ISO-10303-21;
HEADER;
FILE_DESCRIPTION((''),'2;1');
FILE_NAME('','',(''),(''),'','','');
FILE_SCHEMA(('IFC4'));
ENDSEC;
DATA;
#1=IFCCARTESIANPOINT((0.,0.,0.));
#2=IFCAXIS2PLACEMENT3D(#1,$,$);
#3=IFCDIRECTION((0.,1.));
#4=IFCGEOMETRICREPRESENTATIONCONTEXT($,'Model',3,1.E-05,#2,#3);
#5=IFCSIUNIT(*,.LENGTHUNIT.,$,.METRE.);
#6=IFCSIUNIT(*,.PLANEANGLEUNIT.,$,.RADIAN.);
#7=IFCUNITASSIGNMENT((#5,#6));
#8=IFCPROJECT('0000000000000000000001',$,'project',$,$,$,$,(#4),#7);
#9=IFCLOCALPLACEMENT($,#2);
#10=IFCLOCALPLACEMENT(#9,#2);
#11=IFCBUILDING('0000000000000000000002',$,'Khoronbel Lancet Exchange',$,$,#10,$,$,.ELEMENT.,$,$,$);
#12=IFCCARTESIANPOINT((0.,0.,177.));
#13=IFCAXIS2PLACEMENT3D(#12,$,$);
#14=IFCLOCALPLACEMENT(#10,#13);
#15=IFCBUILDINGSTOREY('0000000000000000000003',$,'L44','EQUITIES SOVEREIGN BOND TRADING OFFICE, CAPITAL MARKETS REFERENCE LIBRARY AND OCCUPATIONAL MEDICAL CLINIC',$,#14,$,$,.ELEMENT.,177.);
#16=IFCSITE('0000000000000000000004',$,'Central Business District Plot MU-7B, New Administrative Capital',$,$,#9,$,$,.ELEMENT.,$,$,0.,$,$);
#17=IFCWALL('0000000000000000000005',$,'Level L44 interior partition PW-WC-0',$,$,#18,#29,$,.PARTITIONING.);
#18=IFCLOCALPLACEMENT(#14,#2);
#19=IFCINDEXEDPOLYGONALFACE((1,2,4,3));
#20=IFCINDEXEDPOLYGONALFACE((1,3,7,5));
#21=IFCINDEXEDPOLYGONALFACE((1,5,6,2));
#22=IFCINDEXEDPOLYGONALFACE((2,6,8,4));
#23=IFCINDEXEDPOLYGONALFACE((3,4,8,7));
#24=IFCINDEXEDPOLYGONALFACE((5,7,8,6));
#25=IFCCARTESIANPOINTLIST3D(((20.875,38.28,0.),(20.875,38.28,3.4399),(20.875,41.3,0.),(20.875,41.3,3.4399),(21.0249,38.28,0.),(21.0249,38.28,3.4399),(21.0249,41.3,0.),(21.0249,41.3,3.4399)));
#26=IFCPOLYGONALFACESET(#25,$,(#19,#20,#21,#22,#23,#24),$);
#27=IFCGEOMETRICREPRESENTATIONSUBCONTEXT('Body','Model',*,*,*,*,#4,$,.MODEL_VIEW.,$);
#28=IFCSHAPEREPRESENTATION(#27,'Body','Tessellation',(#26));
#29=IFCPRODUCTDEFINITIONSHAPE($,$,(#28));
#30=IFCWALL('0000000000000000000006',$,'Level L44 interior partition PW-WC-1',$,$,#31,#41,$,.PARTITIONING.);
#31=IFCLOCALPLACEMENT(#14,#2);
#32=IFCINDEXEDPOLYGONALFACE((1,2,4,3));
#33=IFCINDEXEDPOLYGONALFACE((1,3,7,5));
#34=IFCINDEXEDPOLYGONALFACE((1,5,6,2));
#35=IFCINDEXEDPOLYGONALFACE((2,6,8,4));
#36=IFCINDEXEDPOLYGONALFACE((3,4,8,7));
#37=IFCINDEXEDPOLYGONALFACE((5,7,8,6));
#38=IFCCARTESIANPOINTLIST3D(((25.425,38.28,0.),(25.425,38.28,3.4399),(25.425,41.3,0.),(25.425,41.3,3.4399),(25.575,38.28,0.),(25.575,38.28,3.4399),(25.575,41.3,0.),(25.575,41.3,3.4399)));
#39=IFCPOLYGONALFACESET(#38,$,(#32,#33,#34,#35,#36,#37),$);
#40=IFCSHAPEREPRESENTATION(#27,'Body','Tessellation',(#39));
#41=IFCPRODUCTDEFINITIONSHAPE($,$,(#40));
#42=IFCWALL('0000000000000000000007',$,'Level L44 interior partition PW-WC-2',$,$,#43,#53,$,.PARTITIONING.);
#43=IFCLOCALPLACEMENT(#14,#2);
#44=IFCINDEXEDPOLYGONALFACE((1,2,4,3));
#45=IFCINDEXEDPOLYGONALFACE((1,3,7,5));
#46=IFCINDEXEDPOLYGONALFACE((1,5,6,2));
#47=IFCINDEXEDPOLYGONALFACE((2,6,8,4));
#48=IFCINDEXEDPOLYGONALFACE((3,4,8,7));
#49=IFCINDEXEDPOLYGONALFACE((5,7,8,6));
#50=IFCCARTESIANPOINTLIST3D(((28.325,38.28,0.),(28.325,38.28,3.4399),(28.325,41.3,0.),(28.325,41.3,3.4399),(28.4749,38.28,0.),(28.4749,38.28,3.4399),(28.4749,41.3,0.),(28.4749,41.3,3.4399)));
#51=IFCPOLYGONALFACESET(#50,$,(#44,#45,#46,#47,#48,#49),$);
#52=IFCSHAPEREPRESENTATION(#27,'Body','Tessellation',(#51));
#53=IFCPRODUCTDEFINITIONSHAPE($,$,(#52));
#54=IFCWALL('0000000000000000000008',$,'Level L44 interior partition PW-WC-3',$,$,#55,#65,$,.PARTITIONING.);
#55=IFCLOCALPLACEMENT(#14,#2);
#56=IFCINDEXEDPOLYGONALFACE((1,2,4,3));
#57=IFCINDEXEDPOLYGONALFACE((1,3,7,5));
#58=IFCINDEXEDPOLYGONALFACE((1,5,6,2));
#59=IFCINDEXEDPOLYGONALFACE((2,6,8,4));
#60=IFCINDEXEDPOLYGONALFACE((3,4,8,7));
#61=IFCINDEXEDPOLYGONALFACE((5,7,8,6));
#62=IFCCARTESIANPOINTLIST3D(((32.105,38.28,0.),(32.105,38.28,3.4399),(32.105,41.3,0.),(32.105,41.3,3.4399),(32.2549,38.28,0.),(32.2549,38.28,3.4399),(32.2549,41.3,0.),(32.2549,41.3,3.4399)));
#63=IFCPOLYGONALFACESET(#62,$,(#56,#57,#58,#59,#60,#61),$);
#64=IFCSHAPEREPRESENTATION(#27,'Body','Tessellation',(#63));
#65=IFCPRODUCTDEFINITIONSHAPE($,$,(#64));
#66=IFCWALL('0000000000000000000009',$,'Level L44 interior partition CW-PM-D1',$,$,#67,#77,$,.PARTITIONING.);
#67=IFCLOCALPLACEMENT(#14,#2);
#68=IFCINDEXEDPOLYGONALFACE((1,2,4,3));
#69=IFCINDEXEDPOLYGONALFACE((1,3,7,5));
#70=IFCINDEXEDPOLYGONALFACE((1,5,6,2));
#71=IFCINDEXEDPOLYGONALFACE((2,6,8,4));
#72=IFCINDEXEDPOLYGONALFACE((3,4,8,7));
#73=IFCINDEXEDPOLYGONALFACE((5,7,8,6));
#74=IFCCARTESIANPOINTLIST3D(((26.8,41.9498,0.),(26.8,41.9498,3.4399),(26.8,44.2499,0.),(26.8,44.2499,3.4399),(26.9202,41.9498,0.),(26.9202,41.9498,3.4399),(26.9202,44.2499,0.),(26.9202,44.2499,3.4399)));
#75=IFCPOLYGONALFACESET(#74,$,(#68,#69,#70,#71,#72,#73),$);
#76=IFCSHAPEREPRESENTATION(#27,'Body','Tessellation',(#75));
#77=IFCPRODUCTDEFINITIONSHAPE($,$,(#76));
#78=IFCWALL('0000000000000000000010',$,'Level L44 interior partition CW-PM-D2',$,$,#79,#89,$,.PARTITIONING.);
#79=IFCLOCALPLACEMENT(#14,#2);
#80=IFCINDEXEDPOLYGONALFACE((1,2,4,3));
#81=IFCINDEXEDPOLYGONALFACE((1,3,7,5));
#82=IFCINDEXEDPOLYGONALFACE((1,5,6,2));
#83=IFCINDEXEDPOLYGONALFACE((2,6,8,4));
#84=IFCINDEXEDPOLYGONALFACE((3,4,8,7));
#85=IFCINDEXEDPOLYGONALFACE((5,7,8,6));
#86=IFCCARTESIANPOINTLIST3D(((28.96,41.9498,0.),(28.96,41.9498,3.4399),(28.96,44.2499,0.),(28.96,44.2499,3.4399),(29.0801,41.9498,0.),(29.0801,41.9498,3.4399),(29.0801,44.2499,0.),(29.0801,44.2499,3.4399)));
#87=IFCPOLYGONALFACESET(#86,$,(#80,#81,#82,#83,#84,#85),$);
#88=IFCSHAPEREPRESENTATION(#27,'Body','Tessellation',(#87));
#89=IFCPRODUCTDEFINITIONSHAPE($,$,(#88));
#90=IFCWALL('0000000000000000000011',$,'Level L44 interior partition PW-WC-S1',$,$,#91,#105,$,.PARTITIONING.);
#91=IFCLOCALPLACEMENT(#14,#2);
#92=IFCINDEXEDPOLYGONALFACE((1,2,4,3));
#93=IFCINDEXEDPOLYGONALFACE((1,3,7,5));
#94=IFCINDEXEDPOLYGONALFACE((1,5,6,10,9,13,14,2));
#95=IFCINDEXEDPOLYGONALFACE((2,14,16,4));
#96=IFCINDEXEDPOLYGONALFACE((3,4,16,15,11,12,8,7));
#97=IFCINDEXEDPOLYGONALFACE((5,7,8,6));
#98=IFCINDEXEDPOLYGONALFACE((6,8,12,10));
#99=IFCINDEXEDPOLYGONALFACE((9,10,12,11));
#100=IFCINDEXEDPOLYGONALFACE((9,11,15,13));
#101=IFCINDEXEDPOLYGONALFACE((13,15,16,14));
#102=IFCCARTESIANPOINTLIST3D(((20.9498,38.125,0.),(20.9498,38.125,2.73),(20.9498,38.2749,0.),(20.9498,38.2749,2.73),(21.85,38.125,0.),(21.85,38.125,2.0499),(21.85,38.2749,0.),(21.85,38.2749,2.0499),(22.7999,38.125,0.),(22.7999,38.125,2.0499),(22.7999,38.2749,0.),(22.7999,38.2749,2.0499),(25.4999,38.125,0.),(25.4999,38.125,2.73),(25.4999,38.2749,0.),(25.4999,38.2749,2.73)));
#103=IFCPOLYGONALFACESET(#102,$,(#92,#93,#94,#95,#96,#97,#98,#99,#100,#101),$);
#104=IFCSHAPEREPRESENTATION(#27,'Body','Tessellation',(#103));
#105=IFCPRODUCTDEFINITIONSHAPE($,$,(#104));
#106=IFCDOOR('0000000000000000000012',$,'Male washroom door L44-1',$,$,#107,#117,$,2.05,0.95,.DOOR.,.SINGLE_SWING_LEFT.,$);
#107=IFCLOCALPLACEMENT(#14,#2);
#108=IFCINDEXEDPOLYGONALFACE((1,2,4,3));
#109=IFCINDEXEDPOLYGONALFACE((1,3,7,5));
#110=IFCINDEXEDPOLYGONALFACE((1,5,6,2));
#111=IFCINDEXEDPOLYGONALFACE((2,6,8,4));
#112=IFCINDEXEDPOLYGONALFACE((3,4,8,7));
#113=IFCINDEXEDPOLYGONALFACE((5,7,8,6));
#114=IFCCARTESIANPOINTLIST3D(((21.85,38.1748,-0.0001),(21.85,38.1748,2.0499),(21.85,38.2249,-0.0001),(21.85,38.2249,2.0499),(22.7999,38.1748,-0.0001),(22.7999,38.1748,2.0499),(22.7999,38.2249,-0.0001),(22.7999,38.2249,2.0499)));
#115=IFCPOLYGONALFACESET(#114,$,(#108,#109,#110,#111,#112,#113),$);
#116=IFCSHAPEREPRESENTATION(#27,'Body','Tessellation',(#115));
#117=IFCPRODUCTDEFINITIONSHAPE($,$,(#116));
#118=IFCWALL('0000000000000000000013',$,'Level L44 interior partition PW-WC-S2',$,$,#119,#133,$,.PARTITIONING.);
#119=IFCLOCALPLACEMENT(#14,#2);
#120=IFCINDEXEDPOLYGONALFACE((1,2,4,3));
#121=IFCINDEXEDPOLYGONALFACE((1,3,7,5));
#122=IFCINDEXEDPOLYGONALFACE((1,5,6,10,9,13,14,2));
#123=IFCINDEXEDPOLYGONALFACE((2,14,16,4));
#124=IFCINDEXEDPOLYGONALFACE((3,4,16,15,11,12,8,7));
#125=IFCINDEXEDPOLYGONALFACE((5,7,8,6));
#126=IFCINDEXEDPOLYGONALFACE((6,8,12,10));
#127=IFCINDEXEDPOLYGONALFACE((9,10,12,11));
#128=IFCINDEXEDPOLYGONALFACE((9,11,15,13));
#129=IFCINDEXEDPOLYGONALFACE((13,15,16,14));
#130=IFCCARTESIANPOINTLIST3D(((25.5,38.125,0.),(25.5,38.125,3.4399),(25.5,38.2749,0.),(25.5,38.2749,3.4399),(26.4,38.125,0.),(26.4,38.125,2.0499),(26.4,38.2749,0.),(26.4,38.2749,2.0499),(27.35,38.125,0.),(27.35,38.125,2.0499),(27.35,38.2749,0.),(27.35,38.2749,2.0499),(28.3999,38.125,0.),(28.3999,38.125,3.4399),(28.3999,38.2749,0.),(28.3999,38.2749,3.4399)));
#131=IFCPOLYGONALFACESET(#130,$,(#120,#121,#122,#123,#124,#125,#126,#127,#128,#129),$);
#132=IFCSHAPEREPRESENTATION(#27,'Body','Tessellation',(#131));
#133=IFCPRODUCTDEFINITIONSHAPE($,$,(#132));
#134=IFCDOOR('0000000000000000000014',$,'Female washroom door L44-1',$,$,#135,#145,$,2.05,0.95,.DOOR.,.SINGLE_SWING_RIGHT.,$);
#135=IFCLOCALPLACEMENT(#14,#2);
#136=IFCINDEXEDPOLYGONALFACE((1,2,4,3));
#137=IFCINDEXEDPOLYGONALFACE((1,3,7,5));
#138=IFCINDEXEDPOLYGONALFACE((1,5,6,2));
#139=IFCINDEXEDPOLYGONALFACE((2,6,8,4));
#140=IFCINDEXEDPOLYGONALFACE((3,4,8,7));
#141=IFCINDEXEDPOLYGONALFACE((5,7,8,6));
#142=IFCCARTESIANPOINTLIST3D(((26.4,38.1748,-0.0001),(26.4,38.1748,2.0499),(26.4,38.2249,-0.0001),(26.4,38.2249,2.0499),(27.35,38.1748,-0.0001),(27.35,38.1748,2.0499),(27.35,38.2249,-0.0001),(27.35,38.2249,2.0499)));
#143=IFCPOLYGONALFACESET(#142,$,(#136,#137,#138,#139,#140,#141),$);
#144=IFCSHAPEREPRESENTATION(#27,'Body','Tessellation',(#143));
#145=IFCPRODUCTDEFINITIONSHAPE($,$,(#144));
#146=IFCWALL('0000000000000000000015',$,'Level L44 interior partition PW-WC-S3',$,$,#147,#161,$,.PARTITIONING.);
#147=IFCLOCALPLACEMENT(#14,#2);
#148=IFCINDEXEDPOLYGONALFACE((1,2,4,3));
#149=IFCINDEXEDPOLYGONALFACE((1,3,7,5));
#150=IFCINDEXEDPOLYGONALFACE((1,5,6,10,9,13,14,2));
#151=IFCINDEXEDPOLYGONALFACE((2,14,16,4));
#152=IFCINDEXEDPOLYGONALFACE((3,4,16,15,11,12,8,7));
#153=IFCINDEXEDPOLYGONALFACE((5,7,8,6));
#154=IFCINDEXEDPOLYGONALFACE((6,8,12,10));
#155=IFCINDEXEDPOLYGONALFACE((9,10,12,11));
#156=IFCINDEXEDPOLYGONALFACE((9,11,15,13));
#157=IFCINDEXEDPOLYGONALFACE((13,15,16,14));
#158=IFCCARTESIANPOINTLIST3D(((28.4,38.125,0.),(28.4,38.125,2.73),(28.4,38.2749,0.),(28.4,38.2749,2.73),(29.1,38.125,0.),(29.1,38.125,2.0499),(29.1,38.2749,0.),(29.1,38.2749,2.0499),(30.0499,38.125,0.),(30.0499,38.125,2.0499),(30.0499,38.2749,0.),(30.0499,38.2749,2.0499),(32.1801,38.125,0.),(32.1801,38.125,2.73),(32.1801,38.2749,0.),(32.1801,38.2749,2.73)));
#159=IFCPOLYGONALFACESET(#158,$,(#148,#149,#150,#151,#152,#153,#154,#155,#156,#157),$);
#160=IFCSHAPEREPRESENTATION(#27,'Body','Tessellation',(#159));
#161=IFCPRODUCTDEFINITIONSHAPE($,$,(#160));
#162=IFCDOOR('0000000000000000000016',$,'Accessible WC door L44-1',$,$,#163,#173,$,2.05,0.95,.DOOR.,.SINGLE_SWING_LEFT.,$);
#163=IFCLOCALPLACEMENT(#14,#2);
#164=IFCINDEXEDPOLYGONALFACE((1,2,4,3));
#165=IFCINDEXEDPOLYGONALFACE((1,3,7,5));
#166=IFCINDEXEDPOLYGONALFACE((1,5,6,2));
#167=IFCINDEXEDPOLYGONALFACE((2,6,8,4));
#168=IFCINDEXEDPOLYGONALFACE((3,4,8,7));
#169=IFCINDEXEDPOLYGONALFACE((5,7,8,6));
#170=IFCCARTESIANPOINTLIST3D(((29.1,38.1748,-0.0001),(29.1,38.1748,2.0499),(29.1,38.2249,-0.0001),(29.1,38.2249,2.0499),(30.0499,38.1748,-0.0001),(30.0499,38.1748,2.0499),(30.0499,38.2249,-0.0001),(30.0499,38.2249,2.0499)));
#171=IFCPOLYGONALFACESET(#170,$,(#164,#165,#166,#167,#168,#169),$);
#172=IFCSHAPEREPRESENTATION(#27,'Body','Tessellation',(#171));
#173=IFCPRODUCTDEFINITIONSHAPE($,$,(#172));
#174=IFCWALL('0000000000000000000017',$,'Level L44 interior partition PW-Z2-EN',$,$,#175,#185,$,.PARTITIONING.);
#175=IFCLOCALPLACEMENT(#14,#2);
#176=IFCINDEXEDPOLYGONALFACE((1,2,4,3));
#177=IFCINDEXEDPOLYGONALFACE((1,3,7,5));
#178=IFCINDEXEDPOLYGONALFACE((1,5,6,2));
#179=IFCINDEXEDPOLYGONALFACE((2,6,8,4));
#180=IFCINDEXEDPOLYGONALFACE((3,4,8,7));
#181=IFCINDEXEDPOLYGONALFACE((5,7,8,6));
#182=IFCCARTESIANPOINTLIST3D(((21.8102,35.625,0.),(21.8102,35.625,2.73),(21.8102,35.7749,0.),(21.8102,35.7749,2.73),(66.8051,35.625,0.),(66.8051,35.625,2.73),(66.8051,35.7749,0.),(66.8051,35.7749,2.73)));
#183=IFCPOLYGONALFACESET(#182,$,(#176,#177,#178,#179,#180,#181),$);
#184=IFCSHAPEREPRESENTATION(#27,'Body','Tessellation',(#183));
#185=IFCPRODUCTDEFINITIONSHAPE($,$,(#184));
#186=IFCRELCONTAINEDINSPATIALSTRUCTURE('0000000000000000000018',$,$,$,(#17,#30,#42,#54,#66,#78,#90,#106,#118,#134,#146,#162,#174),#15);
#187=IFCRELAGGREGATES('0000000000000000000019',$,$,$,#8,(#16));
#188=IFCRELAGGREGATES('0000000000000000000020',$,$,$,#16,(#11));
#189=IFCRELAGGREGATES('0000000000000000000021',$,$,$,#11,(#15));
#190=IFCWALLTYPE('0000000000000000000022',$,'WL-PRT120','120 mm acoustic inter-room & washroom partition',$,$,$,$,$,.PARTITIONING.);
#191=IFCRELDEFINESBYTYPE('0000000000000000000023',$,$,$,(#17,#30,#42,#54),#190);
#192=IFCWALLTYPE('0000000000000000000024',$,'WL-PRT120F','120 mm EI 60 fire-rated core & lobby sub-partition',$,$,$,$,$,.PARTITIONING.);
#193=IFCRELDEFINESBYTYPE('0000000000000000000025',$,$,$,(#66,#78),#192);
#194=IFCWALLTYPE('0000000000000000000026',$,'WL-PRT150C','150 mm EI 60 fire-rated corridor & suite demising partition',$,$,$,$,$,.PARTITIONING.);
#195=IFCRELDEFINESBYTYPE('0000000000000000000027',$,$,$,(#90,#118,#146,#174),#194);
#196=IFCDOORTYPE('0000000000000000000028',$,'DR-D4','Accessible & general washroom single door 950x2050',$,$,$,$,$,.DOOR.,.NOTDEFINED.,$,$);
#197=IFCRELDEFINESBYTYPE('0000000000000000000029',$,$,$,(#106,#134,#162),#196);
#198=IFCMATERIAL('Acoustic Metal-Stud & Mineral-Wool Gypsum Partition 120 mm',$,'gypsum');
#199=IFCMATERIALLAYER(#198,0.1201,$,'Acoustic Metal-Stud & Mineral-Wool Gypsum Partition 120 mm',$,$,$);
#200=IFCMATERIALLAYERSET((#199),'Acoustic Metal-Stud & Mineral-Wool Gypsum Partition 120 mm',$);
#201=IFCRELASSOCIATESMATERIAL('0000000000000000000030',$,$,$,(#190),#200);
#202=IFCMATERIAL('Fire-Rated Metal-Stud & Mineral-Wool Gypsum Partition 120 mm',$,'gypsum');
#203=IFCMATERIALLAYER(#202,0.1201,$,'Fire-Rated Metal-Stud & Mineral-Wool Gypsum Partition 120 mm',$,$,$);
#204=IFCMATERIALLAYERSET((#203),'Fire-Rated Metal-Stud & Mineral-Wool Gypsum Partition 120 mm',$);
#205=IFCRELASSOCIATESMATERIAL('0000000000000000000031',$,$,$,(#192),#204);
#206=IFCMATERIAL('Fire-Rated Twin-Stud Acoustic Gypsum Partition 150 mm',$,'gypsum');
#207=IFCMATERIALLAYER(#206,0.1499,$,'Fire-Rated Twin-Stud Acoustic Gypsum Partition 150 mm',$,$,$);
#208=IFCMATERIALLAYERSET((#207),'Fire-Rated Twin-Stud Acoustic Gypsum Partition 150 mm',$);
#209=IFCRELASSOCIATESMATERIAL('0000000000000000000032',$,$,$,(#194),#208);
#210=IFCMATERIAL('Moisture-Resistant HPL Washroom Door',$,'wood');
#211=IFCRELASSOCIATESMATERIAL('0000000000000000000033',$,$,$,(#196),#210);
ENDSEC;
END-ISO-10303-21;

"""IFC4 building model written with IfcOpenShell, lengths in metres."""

from ifc_helpers import new_model, si_unit, direction, frame, frame_2d, origin, place, context, subcontext, project, spatial, rectangle, extrude, material, layer, layer_set, type_object, element, fill, save


model = new_model("IFC4")

# Units and contexts
model_context = context("Model", 3, precision=1e-05, world=origin(), true_north=direction((0.0, 1.0)))
body_context = subcontext(model_context, "Body", "Model", "MODEL_VIEW")
ifc_project = project(units=[si_unit("LENGTHUNIT", "METRE"), si_unit("PLANEANGLEUNIT", "RADIAN")], contexts=[model_context])

# Site, building, storey
site_placement = place(None, origin())
site = spatial("IfcSite", under=ifc_project, at=site_placement, Name="Central Business District Plot MU-7B, New Administrative Capital", CompositionType="ELEMENT", RefElevation=0.0)
building_placement = place(site_placement, origin())
building = spatial("IfcBuilding", under=site, at=building_placement, Name="Khoronbel Lancet Exchange", CompositionType="ELEMENT")
storey_placement = place(building_placement, frame((0.0, 0.0, 177.0)))
storey = spatial("IfcBuildingStorey", under=building, at=storey_placement, Name="L44", Description="EQUITIES SOVEREIGN BOND TRADING OFFICE, CAPITAL MARKETS REFERENCE LIBRARY AND OCCUPATIONAL MEDICAL CLINIC", CompositionType="ELEMENT", Elevation=177.0)

# Walls
ifc_material_1 = material(Name="Acoustic Metal-Stud & Mineral-Wool Gypsum Partition 120 mm", Category="gypsum")
ifc_layer_1 = layer(ifc_material_1, 0.1201, Name="Acoustic Metal-Stud & Mineral-Wool Gypsum Partition 120 mm")
ifc_layer_set_1 = layer_set([ifc_layer_1], Name="Acoustic Metal-Stud & Mineral-Wool Gypsum Partition 120 mm")
wall_type_1 = type_object("IfcWallType", Name="WL-PRT120", Description="120 mm acoustic inter-room & washroom partition", PredefinedType="PARTITIONING", material=ifc_layer_set_1)
for number, where, z_axis, x_axis, name in (
    (1, (20.95, 38.28, 0.0), (0.0, 0.0, 1.0), (0.0, 1.0, 0.0), "Level L44 interior partition PW-WC-0"),
    (2, (25.5, 38.28, 0.0), (0.0, 0.0, 1.0), (0.0, 1.0, 0.0), "Level L44 interior partition PW-WC-1"),
    (3, (28.3999, 38.28, 0.0), (0.0, 0.0, 1.0), (0.0, 1.0, 0.0), "Level L44 interior partition PW-WC-2"),
    (4, (32.1799, 38.28, 0.0), (0.0, 0.0, 1.0), (0.0, 1.0, 0.0), "Level L44 interior partition PW-WC-3"),
):
    element("IfcWall", number, at=place(storey_placement, frame(where, z_axis=z_axis, x_axis=x_axis)), inside=storey, type_object=wall_type_1, Name=name, PredefinedType="PARTITIONING", context=body_context, shape_type="SweptSolid", body=[
        extrude(rectangle(XDim=3.02, YDim=0.1499, at=frame_2d((1.51, 0.0))), origin(), (0.0, 0.0, 1.0), 3.4399),
    ])
ifc_material_2 = material(Name="Fire-Rated Metal-Stud & Mineral-Wool Gypsum Partition 120 mm", Category="gypsum")
ifc_layer_2 = layer(ifc_material_2, 0.1201, Name="Fire-Rated Metal-Stud & Mineral-Wool Gypsum Partition 120 mm")
ifc_layer_set_2 = layer_set([ifc_layer_2], Name="Fire-Rated Metal-Stud & Mineral-Wool Gypsum Partition 120 mm")
wall_type_2 = type_object("IfcWallType", Name="WL-PRT120F", Description="120 mm EI 60 fire-rated core & lobby sub-partition", PredefinedType="PARTITIONING", material=ifc_layer_set_2)
for number, where, z_axis, x_axis, name in (
    (5, (26.8601, 41.95, 0.0), (0.0, 0.0, 1.0), (0.0, 1.0, 0.0), "Level L44 interior partition CW-PM-D1"),
    (6, (29.02, 41.95, 0.0), (0.0, 0.0, 1.0), (0.0, 1.0, 0.0), "Level L44 interior partition CW-PM-D2"),
):
    element("IfcWall", number, at=place(storey_placement, frame(where, z_axis=z_axis, x_axis=x_axis)), inside=storey, type_object=wall_type_2, Name=name, PredefinedType="PARTITIONING", context=body_context, shape_type="SweptSolid", body=[
        extrude(rectangle(XDim=2.3, YDim=0.1201, at=frame_2d((1.1499, 0.0))), origin(), (0.0, 0.0, 1.0), 3.4399),
    ])

# Walls, openings, doors
ifc_material_3 = material(Name="Fire-Rated Twin-Stud Acoustic Gypsum Partition 150 mm", Category="gypsum")
ifc_layer_3 = layer(ifc_material_3, 0.1499, Name="Fire-Rated Twin-Stud Acoustic Gypsum Partition 150 mm")
ifc_layer_set_3 = layer_set([ifc_layer_3], Name="Fire-Rated Twin-Stud Acoustic Gypsum Partition 150 mm")
wall_type_3 = type_object("IfcWallType", Name="WL-PRT150C", Description="150 mm EI 60 fire-rated corridor & suite demising partition", PredefinedType="PARTITIONING", material=ifc_layer_set_3)
wall_1_placement = place(storey_placement, frame((20.95, 38.2, 0.0), z_axis=(0.0, 0.0, 1.0), x_axis=(1.0, 0.0, 0.0)))
wall_1 = element("IfcWall", 7, at=wall_1_placement, inside=storey, type_object=wall_type_3, Name="Level L44 interior partition PW-WC-S1", PredefinedType="PARTITIONING", context=body_context, shape_type="SweptSolid", body=[
    extrude(rectangle(XDim=4.55, YDim=0.1499, at=frame_2d((2.2749, 0.0))), origin(), (0.0, 0.0, 1.0), 2.73),
])
opening_1_placement = place(wall_1_placement, frame((0.8999, 0.0, 0.0)))
opening_1 = element("IfcOpeningElement", 8, at=opening_1_placement, cuts=wall_1, PredefinedType="OPENING", context=body_context, shape_type="SweptSolid", body=[
    extrude(rectangle(XDim=0.95, YDim=2.05, at=frame_2d((0.4751, 1.0249))), frame((0.0, 0.085, 0.0), z_axis=(0.0, -1.0, 0.0), x_axis=(1.0, 0.0, 0.0)), (0.0, 0.0, 1.0), 0.1699),
])
ifc_material_4 = material(Name="Moisture-Resistant HPL Washroom Door", Category="wood")
door_type_1 = type_object("IfcDoorType", Name="DR-D4", Description="Accessible & general washroom single door 950x2050", OperationType="NOTDEFINED", PredefinedType="DOOR", material=ifc_material_4)
door_1_placement = place(opening_1_placement, origin())
door_1 = element("IfcDoor", 9, at=door_1_placement, inside=storey, type_object=door_type_1, Name="Male washroom door L44-1", OperationType="SINGLE_SWING_LEFT", OverallHeight=2.05, OverallWidth=0.95, PredefinedType="DOOR", context=body_context, shape_type="SweptSolid", body=[
    extrude(rectangle(XDim=0.95, YDim=2.05, at=frame_2d((0.4751, 1.0249))), frame((0.0, 0.0249, 0.0), z_axis=(0.0, -1.0, 0.0), x_axis=(1.0, 0.0, 0.0)), (0.0, 0.0, 1.0), 0.05),
])
fill(opening_1, door_1)
wall_2_placement = place(storey_placement, frame((25.5, 38.2, 0.0), z_axis=(0.0, 0.0, 1.0), x_axis=(1.0, 0.0, 0.0)))
wall_2 = element("IfcWall", 10, at=wall_2_placement, inside=storey, type_object=wall_type_3, Name="Level L44 interior partition PW-WC-S2", PredefinedType="PARTITIONING", context=body_context, shape_type="SweptSolid", body=[
    extrude(rectangle(XDim=2.8999, YDim=0.1499, at=frame_2d((1.45, 0.0))), origin(), (0.0, 0.0, 1.0), 3.4399),
])
opening_2_placement = place(wall_2_placement, frame((0.8999, 0.0, 0.0)))
opening_2 = element("IfcOpeningElement", 11, at=opening_2_placement, cuts=wall_2, PredefinedType="OPENING", context=body_context, shape_type="SweptSolid", body=[
    extrude(rectangle(XDim=0.95, YDim=2.05, at=frame_2d((0.4751, 1.0249))), frame((0.0, 0.085, 0.0), z_axis=(0.0, -1.0, 0.0), x_axis=(1.0, 0.0, 0.0)), (0.0, 0.0, 1.0), 0.1699),
])
door_2_placement = place(opening_2_placement, origin())
door_2 = element("IfcDoor", 12, at=door_2_placement, inside=storey, type_object=door_type_1, Name="Female washroom door L44-1", OperationType="SINGLE_SWING_RIGHT", OverallHeight=2.05, OverallWidth=0.95, PredefinedType="DOOR", context=body_context, shape_type="SweptSolid", body=[
    extrude(rectangle(XDim=0.95, YDim=2.05, at=frame_2d((0.4751, 1.0249))), frame((0.0, 0.0249, 0.0), z_axis=(0.0, -1.0, 0.0), x_axis=(1.0, 0.0, 0.0)), (0.0, 0.0, 1.0), 0.05),
])
fill(opening_2, door_2)
wall_3_placement = place(storey_placement, frame((28.3999, 38.2, 0.0), z_axis=(0.0, 0.0, 1.0), x_axis=(1.0, 0.0, 0.0)))
wall_3 = element("IfcWall", 13, at=wall_3_placement, inside=storey, type_object=wall_type_3, Name="Level L44 interior partition PW-WC-S3", PredefinedType="PARTITIONING", context=body_context, shape_type="SweptSolid", body=[
    extrude(rectangle(XDim=3.78, YDim=0.1499, at=frame_2d((1.8901, 0.0))), origin(), (0.0, 0.0, 1.0), 2.73),
])
opening_3_placement = place(wall_3_placement, frame((0.7, 0.0, 0.0)))
opening_3 = element("IfcOpeningElement", 14, at=opening_3_placement, cuts=wall_3, PredefinedType="OPENING", context=body_context, shape_type="SweptSolid", body=[
    extrude(rectangle(XDim=0.95, YDim=2.05, at=frame_2d((0.4751, 1.0249))), frame((0.0, 0.085, 0.0), z_axis=(0.0, -1.0, 0.0), x_axis=(1.0, 0.0, 0.0)), (0.0, 0.0, 1.0), 0.1699),
])
door_3_placement = place(opening_3_placement, origin())
door_3 = element("IfcDoor", 15, at=door_3_placement, inside=storey, type_object=door_type_1, Name="Accessible WC door L44-1", OperationType="SINGLE_SWING_LEFT", OverallHeight=2.05, OverallWidth=0.95, PredefinedType="DOOR", context=body_context, shape_type="SweptSolid", body=[
    extrude(rectangle(XDim=0.95, YDim=2.05, at=frame_2d((0.4751, 1.0249))), frame((0.0, 0.0249, 0.0), z_axis=(0.0, -1.0, 0.0), x_axis=(1.0, 0.0, 0.0)), (0.0, 0.0, 1.0), 0.05),
])
fill(opening_3, door_3)

# Wall
wall_4_placement = place(storey_placement, frame((21.8101, 35.7, 0.0), z_axis=(0.0, 0.0, 1.0), x_axis=(1.0, 0.0, 0.0)))
element("IfcWall", 16, at=wall_4_placement, inside=storey, type_object=wall_type_3, Name="Level L44 interior partition PW-Z2-EN", PredefinedType="PARTITIONING", context=body_context, shape_type="SweptSolid", body=[
    extrude(rectangle(XDim=44.9949, YDim=0.1499, at=frame_2d((22.4976, 0.0))), origin(), (0.0, 0.0, 1.0), 2.73),
])

save(model, "model.ifc")
